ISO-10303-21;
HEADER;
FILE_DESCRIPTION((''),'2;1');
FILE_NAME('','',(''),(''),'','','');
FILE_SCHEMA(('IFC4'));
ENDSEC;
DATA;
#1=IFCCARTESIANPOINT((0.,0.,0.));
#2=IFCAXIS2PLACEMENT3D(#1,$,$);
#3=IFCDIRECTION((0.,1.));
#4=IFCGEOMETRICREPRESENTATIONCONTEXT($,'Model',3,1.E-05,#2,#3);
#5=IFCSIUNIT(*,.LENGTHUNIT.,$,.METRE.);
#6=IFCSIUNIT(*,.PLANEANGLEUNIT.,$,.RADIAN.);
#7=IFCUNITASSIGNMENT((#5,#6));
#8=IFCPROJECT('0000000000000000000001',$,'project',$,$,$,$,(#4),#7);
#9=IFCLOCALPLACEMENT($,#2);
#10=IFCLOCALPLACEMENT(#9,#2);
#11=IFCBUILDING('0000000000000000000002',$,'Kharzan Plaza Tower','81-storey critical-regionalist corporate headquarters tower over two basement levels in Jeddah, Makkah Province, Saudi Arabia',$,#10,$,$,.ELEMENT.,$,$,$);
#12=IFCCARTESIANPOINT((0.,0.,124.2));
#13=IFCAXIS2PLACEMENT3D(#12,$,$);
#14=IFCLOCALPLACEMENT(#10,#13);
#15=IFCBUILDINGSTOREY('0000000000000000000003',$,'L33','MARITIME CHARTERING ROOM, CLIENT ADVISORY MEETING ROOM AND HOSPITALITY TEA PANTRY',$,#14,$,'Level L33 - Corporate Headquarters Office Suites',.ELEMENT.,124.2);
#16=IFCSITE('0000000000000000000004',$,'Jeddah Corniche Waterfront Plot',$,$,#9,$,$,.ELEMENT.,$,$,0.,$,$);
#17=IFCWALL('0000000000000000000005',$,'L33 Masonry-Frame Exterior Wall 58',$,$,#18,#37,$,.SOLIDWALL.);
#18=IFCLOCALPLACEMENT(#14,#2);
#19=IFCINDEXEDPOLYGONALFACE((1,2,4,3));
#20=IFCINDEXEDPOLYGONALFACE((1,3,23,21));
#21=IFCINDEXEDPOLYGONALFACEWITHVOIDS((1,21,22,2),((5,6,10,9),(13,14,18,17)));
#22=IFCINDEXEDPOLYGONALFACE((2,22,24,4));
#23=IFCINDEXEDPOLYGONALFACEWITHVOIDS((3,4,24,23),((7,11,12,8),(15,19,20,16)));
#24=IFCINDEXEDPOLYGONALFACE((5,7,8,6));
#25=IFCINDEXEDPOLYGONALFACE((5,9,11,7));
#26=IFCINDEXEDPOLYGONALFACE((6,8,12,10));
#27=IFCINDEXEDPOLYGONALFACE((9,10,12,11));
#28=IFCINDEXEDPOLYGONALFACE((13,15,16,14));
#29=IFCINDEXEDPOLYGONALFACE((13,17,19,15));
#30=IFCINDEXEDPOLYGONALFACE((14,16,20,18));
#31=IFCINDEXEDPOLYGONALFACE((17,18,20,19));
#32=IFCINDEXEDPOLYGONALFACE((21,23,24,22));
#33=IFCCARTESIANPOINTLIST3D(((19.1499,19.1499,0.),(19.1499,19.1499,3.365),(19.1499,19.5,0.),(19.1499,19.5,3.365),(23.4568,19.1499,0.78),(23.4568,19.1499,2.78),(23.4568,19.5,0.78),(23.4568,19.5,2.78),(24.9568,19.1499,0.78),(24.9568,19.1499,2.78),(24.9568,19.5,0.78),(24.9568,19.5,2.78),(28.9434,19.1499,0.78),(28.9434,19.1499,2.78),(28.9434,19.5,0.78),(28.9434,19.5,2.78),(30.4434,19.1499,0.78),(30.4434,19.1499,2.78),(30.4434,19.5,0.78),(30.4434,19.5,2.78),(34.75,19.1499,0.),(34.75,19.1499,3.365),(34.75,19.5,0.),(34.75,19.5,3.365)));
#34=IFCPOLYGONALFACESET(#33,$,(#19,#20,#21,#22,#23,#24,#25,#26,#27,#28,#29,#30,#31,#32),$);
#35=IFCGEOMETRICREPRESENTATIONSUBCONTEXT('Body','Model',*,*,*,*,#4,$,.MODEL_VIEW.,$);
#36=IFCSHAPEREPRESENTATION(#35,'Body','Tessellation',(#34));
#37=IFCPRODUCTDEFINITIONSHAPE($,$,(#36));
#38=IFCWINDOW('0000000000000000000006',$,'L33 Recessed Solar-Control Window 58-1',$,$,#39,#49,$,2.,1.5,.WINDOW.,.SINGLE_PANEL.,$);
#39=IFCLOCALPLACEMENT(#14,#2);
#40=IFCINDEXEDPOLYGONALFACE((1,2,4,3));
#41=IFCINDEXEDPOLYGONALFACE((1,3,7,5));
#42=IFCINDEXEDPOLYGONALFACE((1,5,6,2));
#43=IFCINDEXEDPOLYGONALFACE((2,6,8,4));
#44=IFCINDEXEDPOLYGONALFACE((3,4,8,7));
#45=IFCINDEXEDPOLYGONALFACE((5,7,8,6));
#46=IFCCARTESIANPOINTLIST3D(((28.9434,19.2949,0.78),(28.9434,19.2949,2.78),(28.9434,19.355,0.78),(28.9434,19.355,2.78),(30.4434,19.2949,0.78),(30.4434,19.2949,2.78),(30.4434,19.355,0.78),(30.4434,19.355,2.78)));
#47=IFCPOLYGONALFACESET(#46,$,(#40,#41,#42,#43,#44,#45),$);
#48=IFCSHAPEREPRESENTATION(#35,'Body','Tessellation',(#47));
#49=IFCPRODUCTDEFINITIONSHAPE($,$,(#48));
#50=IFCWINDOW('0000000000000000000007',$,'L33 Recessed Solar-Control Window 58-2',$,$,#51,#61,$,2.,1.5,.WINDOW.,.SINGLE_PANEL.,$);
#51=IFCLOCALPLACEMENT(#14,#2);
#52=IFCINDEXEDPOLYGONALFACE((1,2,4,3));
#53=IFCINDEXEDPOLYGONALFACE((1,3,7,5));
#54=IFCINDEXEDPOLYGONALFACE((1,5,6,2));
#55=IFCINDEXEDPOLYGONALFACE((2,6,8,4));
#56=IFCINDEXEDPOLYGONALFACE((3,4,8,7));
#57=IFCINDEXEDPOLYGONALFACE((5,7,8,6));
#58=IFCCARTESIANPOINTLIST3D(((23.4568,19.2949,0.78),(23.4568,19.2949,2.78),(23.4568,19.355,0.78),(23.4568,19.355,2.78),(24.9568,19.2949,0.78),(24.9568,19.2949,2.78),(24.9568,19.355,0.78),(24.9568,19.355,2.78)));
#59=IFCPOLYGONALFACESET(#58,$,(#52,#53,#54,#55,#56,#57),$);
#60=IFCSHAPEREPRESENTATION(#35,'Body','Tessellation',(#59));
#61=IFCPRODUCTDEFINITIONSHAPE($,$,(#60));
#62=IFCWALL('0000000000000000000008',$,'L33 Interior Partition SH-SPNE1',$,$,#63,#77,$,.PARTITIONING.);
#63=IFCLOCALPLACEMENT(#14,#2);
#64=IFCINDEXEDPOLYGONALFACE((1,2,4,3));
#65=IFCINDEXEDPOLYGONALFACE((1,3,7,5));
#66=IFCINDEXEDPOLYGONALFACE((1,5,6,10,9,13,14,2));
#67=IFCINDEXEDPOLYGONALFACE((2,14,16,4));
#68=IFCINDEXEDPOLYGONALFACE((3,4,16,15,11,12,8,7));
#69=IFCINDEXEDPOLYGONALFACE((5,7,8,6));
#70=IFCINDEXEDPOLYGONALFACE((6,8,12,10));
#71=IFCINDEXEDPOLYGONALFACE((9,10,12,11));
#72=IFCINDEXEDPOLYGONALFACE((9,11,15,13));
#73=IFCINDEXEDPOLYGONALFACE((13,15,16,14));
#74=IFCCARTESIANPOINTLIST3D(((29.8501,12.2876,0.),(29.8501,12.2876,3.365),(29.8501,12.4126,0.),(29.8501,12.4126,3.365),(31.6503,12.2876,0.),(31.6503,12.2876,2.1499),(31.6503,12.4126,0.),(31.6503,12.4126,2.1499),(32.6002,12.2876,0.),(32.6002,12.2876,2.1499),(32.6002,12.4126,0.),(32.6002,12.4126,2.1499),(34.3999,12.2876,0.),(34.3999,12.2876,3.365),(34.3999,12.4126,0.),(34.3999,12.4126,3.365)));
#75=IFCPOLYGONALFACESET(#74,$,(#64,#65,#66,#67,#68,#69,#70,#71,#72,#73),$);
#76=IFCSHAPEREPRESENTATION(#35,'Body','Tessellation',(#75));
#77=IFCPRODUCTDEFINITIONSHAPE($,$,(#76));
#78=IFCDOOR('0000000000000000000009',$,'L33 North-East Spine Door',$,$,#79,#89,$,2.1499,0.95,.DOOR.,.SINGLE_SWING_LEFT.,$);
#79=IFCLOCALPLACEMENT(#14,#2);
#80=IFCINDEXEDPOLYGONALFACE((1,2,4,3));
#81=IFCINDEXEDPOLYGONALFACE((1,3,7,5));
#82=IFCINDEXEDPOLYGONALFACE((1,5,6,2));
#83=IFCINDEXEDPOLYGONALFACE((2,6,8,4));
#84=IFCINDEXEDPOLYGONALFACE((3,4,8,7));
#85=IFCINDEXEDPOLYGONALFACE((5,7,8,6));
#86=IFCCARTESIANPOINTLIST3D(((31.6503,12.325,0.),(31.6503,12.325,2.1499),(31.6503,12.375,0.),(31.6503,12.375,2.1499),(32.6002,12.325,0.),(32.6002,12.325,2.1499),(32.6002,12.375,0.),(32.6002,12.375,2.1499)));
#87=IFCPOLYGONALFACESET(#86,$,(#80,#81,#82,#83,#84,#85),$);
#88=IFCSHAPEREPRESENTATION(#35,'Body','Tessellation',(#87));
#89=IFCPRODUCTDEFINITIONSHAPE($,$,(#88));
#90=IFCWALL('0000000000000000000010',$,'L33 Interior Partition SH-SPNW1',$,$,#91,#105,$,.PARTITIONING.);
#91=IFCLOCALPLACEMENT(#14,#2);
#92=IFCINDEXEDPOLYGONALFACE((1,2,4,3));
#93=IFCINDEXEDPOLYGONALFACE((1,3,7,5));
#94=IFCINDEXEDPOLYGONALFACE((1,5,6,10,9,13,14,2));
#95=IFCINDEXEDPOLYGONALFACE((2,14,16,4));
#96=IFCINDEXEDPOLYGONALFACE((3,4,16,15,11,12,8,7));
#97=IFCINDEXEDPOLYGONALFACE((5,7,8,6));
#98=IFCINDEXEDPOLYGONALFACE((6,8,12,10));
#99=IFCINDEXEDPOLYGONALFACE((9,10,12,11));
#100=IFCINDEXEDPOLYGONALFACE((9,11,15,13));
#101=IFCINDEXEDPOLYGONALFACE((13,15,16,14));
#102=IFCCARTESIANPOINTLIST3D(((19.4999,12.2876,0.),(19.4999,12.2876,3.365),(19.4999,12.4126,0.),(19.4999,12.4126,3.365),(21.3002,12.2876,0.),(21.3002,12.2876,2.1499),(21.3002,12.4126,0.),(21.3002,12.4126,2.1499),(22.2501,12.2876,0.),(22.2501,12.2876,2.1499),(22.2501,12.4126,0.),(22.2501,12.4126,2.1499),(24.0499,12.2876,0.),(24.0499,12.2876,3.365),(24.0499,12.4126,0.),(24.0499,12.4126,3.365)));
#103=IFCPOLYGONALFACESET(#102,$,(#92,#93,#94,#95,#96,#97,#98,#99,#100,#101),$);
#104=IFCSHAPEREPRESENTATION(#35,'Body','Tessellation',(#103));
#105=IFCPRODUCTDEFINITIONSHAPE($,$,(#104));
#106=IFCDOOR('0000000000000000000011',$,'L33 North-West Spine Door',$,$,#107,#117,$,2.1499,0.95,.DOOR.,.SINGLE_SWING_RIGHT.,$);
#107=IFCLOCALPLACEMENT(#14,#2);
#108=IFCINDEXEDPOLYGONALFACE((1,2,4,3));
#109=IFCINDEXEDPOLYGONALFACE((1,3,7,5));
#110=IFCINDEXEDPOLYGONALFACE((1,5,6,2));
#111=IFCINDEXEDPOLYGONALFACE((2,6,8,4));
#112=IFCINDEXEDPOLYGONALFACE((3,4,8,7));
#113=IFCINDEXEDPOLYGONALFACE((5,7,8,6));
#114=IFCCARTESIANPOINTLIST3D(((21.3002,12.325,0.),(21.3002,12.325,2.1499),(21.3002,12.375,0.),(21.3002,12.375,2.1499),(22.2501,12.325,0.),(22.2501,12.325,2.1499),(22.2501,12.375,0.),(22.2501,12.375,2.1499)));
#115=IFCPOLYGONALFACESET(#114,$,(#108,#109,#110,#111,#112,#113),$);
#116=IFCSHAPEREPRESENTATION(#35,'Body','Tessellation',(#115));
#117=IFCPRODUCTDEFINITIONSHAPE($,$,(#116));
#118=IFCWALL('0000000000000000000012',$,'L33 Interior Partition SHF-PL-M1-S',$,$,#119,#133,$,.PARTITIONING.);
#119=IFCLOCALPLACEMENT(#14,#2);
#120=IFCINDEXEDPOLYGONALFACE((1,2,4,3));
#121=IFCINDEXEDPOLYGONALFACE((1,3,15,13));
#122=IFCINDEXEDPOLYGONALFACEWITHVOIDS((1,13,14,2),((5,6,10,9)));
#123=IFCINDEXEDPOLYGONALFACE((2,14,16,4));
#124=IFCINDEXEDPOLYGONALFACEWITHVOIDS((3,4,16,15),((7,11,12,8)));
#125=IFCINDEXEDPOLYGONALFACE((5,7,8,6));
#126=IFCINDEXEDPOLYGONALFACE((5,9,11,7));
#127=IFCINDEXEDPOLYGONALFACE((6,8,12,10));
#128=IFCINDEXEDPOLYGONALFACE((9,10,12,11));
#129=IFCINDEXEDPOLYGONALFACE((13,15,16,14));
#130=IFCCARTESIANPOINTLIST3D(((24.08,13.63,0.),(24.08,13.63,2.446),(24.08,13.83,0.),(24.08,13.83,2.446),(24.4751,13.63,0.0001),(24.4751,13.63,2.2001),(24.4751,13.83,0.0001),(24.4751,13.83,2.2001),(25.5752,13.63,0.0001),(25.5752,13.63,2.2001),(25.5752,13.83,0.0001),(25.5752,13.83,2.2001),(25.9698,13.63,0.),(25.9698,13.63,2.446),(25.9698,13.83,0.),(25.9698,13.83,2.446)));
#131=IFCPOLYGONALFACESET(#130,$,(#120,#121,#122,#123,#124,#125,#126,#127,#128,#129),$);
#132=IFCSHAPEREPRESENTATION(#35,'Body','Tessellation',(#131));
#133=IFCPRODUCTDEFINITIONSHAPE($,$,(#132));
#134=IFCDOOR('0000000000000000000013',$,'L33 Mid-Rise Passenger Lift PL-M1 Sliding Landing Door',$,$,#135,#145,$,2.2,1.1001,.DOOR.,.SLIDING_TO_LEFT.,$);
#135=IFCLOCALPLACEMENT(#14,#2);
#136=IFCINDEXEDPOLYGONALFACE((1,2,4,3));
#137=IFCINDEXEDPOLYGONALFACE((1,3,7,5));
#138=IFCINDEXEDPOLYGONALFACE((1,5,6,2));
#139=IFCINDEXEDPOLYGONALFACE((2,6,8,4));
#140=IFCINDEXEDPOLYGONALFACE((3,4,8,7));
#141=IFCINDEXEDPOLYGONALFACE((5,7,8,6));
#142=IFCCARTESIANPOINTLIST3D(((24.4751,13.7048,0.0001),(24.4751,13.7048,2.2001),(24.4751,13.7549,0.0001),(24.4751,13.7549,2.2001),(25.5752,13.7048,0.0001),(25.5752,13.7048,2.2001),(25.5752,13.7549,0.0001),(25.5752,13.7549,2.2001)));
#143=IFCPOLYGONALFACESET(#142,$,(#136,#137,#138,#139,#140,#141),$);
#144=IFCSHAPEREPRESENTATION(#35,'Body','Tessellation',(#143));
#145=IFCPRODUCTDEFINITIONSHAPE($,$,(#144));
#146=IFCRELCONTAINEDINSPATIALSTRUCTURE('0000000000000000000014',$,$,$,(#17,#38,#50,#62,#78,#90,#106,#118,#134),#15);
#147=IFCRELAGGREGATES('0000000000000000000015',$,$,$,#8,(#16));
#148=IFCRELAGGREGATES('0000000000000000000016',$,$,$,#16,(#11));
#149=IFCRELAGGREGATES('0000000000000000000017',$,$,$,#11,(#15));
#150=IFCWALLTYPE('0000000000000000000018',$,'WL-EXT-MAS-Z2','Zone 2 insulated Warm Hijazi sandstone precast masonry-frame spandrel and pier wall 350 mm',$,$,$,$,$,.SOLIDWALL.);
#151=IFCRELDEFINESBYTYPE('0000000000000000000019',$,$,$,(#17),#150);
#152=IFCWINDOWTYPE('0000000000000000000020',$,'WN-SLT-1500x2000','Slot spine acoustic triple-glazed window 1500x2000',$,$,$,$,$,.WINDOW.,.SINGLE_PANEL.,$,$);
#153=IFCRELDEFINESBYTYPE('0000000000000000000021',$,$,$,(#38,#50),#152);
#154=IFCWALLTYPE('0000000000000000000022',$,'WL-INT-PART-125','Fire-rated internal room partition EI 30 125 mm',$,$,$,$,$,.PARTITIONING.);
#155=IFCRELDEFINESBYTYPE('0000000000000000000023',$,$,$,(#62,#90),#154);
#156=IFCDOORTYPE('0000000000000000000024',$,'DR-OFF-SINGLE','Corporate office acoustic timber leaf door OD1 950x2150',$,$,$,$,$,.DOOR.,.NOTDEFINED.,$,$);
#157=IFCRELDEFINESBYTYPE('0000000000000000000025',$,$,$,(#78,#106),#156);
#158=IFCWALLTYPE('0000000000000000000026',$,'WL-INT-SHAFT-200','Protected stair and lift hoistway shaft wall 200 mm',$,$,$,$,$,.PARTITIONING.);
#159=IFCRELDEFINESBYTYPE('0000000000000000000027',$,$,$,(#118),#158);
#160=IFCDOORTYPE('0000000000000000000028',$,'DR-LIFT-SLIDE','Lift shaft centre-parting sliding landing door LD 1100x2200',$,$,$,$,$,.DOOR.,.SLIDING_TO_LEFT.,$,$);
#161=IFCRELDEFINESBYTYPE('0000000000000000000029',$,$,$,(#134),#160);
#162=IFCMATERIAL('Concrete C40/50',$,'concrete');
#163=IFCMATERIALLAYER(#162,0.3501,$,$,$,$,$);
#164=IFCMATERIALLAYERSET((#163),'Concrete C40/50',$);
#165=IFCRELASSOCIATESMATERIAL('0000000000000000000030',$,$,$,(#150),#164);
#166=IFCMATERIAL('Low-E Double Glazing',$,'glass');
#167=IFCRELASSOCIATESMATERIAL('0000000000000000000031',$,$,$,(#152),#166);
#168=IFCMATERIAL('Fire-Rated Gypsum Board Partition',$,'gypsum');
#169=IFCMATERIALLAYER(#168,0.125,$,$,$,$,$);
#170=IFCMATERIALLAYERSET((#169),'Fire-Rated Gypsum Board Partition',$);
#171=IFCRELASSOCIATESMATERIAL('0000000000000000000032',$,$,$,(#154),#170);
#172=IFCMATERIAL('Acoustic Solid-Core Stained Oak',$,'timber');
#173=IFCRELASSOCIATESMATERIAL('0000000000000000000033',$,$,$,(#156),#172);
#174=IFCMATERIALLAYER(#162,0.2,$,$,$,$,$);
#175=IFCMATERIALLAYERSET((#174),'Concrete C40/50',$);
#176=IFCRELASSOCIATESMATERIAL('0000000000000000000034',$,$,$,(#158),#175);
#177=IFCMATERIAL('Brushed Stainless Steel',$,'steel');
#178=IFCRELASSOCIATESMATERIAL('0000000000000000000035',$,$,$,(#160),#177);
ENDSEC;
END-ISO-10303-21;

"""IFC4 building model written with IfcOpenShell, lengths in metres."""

from ifc_helpers import new_model, si_unit, direction, frame, frame_2d, origin, place, context, subcontext, project, spatial, rectangle, extrude, source, transform, mapped, material, layer, layer_set, type_object, element, fill, save


model = new_model("IFC4")

# Units and contexts
model_context = context("Model", 3, precision=1e-05, world=origin(), true_north=direction((0.0, 1.0)))
body_context = subcontext(model_context, "Body", "Model", "MODEL_VIEW")
ifc_project = project(units=[si_unit("LENGTHUNIT", "METRE"), si_unit("PLANEANGLEUNIT", "RADIAN")], contexts=[model_context])

# Site, building, storey
site_placement = place(None, origin())
site = spatial("IfcSite", under=ifc_project, at=site_placement, Name="Jeddah Corniche Waterfront Plot", CompositionType="ELEMENT", RefElevation=0.0)
building_placement = place(site_placement, origin())
building = spatial("IfcBuilding", under=site, at=building_placement, Name="Kharzan Plaza Tower", Description="81-storey critical-regionalist corporate headquarters tower over two basement levels in Jeddah, Makkah Province, Saudi Arabia", CompositionType="ELEMENT")
storey_placement = place(building_placement, frame((0.0, 0.0, 124.2)))
storey = spatial("IfcBuildingStorey", under=building, at=storey_placement, Name="L33", Description="MARITIME CHARTERING ROOM, CLIENT ADVISORY MEETING ROOM AND HOSPITALITY TEA PANTRY", LongName="Level L33 - Corporate Headquarters Office Suites", CompositionType="ELEMENT", Elevation=124.2)

# Wall, openings, windows
ifc_material_1 = material(Name="Concrete C40/50", Category="concrete")
ifc_layer_1 = layer(ifc_material_1, 0.3501)
ifc_layer_set_1 = layer_set([ifc_layer_1], Name="Concrete C40/50")
wall_type_1 = type_object("IfcWallType", Name="WL-EXT-MAS-Z2", Description="Zone 2 insulated Warm Hijazi sandstone precast masonry-frame spandrel and pier wall 350 mm", PredefinedType="SOLIDWALL", material=ifc_layer_set_1)
wall_1_placement = place(storey_placement, frame((34.75, 19.325, 0.0), z_axis=(0.0, 0.0, 1.0), x_axis=(-1.0, 0.0, 0.0)))
wall_1 = element("IfcWall", 1, at=wall_1_placement, inside=storey, type_object=wall_type_1, Name="L33 Masonry-Frame Exterior Wall 58", PredefinedType="SOLIDWALL", context=body_context, shape_type="SweptSolid", body=[
    extrude(rectangle(XDim=15.6001, YDim=0.3501, at=frame_2d((7.8, 0.0))), origin(), (0.0, 0.0, 1.0), 3.365),
])
opening_1_placement = place(wall_1_placement, frame((4.3066, 0.0, 0.78)))
opening_1 = element("IfcOpeningElement", 2, at=opening_1_placement, cuts=wall_1, PredefinedType="OPENING", context=body_context, shape_type="SweptSolid", body=[
    extrude(rectangle(XDim=1.5, YDim=2.0, at=frame_2d((0.75, 1.0))), frame((0.0, 0.1851, 0.0), z_axis=(0.0, -1.0, 0.0), x_axis=(1.0, 0.0, 0.0)), (0.0, 0.0, 1.0), 0.3701),
])
opening_2_placement = place(wall_1_placement, frame((9.7932, 0.0, 0.78)))
opening_2 = element("IfcOpeningElement", 3, at=opening_2_placement, cuts=wall_1, PredefinedType="OPENING", context=body_context, shape_type="SweptSolid", body=[
    extrude(rectangle(XDim=1.5, YDim=2.0, at=frame_2d((0.75, 1.0))), frame((0.0, 0.1851, 0.0), z_axis=(0.0, -1.0, 0.0), x_axis=(1.0, 0.0, 0.0)), (0.0, 0.0, 1.0), 0.3701),
])
ifc_material_2 = material(Name="Low-E Double Glazing", Category="glass")
window_type = type_object("IfcWindowType", Name="WN-SLT-1500x2000", Description="Slot spine acoustic triple-glazed window 1500x2000", PartitioningType="SINGLE_PANEL", PredefinedType="WINDOW", material=ifc_material_2)
shared_shape_1 = source(origin(), body_context, "Body", "SweptSolid", [
    extrude(rectangle(XDim=1.5, YDim=2.0, at=frame_2d((0.75, 1.0))), frame((0.0, 0.03, 0.0), z_axis=(0.0, -1.0, 0.0), x_axis=(1.0, 0.0, 0.0)), (0.0, 0.0, 1.0), 0.0601),
])
window_1_placement = place(opening_1_placement, origin())
window_1 = element("IfcWindow", 4, at=window_1_placement, inside=storey, type_object=window_type, Name="L33 Recessed Solar-Control Window 58-1", OverallHeight=2.0, OverallWidth=1.5, PartitioningType="SINGLE_PANEL", PredefinedType="WINDOW", context=body_context, shape_type="MappedRepresentation", body=[
    mapped(shared_shape_1, transform((0.0, 0.0, 0.0), x_axis=(1.0, 0.0, 0.0), y_axis=(0.0, 1.0, 0.0), z_axis=(0.0, 0.0, 1.0))),
])
fill(opening_1, window_1)
window_2_placement = place(opening_2_placement, origin())
window_2 = element("IfcWindow", 5, at=window_2_placement, inside=storey, type_object=window_type, Name="L33 Recessed Solar-Control Window 58-2", OverallHeight=2.0, OverallWidth=1.5, PartitioningType="SINGLE_PANEL", PredefinedType="WINDOW", context=body_context, shape_type="MappedRepresentation", body=[
    mapped(shared_shape_1, transform((0.0, 0.0, 0.0), x_axis=(1.0, 0.0, 0.0), y_axis=(0.0, 1.0, 0.0), z_axis=(0.0, 0.0, 1.0))),
])
fill(opening_2, window_2)

# Walls, openings, doors
ifc_material_3 = material(Name="Fire-Rated Gypsum Board Partition", Category="gypsum")
ifc_layer_2 = layer(ifc_material_3, 0.125)
ifc_layer_set_2 = layer_set([ifc_layer_2], Name="Fire-Rated Gypsum Board Partition")
wall_type_2 = type_object("IfcWallType", Name="WL-INT-PART-125", Description="Fire-rated internal room partition EI 30 125 mm", PredefinedType="PARTITIONING", material=ifc_layer_set_2)
wall_2_placement = place(storey_placement, frame((29.8501, 12.3501, 0.0), z_axis=(0.0, 0.0, 1.0), x_axis=(1.0, 0.0, 0.0)))
wall_2 = element("IfcWall", 6, at=wall_2_placement, inside=storey, type_object=wall_type_2, Name="L33 Interior Partition SH-SPNE1", PredefinedType="PARTITIONING", context=body_context, shape_type="SweptSolid", body=[
    extrude(rectangle(XDim=4.5498, YDim=0.125, at=frame_2d((2.2749, 0.0))), origin(), (0.0, 0.0, 1.0), 3.365),
])
opening_3_placement = place(wall_2_placement, frame((1.8, 0.0, 0.0)))
opening_3 = element("IfcOpeningElement", 7, at=opening_3_placement, cuts=wall_2, PredefinedType="OPENING", context=body_context, shape_type="SweptSolid", body=[
    extrude(rectangle(XDim=0.95, YDim=2.1499, at=frame_2d((0.4751, 1.075))), frame((0.0, 0.0725, 0.0), z_axis=(0.0, -1.0, 0.0), x_axis=(1.0, 0.0, 0.0)), (0.0, 0.0, 1.0), 0.145),
])
ifc_material_4 = material(Name="Acoustic Solid-Core Stained Oak", Category="timber")
door_type_1 = type_object("IfcDoorType", Name="DR-OFF-SINGLE", Description="Corporate office acoustic timber leaf door OD1 950x2150", OperationType="NOTDEFINED", PredefinedType="DOOR", material=ifc_material_4)
shared_shape_2 = source(origin(), body_context, "Body", "SweptSolid", [
    extrude(rectangle(XDim=0.95, YDim=2.1499, at=frame_2d((0.4751, 1.075))), frame((0.0, 0.0249, 0.0), z_axis=(0.0, -1.0, 0.0), x_axis=(1.0, 0.0, 0.0)), (0.0, 0.0, 1.0), 0.05),
])
door_1_placement = place(opening_3_placement, origin())
door_1 = element("IfcDoor", 8, at=door_1_placement, inside=storey, type_object=door_type_1, Name="L33 North-East Spine Door", OperationType="SINGLE_SWING_LEFT", OverallHeight=2.1499, OverallWidth=0.95, PredefinedType="DOOR", context=body_context, shape_type="MappedRepresentation", body=[
    mapped(shared_shape_2, transform((0.0, 0.0, 0.0), x_axis=(1.0, 0.0, 0.0), y_axis=(0.0, 1.0, 0.0), z_axis=(0.0, 0.0, 1.0))),
])
fill(opening_3, door_1)
wall_3_placement = place(storey_placement, frame((19.5, 12.3501, 0.0), z_axis=(0.0, 0.0, 1.0), x_axis=(1.0, 0.0, 0.0)))
wall_3 = element("IfcWall", 9, at=wall_3_placement, inside=storey, type_object=wall_type_2, Name="L33 Interior Partition SH-SPNW1", PredefinedType="PARTITIONING", context=body_context, shape_type="SweptSolid", body=[
    extrude(rectangle(XDim=4.55, YDim=0.125, at=frame_2d((2.2749, 0.0))), origin(), (0.0, 0.0, 1.0), 3.365),
])
opening_4_placement = place(wall_3_placement, frame((1.8, 0.0, 0.0)))
opening_4 = element("IfcOpeningElement", 10, at=opening_4_placement, cuts=wall_3, PredefinedType="OPENING", context=body_context, shape_type="SweptSolid", body=[
    extrude(rectangle(XDim=0.95, YDim=2.1499, at=frame_2d((0.4751, 1.075))), frame((0.0, 0.0725, 0.0), z_axis=(0.0, -1.0, 0.0), x_axis=(1.0, 0.0, 0.0)), (0.0, 0.0, 1.0), 0.145),
])
door_2_placement = place(opening_4_placement, origin())
door_2 = element("IfcDoor", 11, at=door_2_placement, inside=storey, type_object=door_type_1, Name="L33 North-West Spine Door", OperationType="SINGLE_SWING_RIGHT", OverallHeight=2.1499, OverallWidth=0.95, PredefinedType="DOOR", context=body_context, shape_type="MappedRepresentation", body=[
    mapped(shared_shape_2, transform((0.0, 0.0, 0.0), x_axis=(1.0, 0.0, 0.0), y_axis=(0.0, 1.0, 0.0), z_axis=(0.0, 0.0, 1.0))),
])
fill(opening_4, door_2)
ifc_layer_3 = layer(ifc_material_1, 0.2)
ifc_layer_set_3 = layer_set([ifc_layer_3], Name="Concrete C40/50")
wall_type_3 = type_object("IfcWallType", Name="WL-INT-SHAFT-200", Description="Protected stair and lift hoistway shaft wall 200 mm", PredefinedType="PARTITIONING", material=ifc_layer_set_3)
wall_4_placement = place(storey_placement, frame((24.0801, 13.73, 0.0), z_axis=(0.0, 0.0, 1.0), x_axis=(1.0, 0.0, 0.0)))
wall_4 = element("IfcWall", 12, at=wall_4_placement, inside=storey, type_object=wall_type_3, Name="L33 Interior Partition SHF-PL-M1-S", PredefinedType="PARTITIONING", context=body_context, shape_type="SweptSolid", body=[
    extrude(rectangle(XDim=1.8899, YDim=0.2, at=frame_2d((0.9448, 0.0))), origin(), (0.0, 0.0, 1.0), 2.446),
])
opening_5_placement = place(wall_4_placement, frame((0.395, 0.0, 0.0)))
opening_5 = element("IfcOpeningElement", 13, at=opening_5_placement, cuts=wall_4, PredefinedType="OPENING", context=body_context, shape_type="SweptSolid", body=[
    extrude(rectangle(XDim=1.1001, YDim=2.2, at=frame_2d((0.55, 1.1001))), frame((0.0, 0.1099, 0.0), z_axis=(0.0, -1.0, 0.0), x_axis=(1.0, 0.0, 0.0)), (0.0, 0.0, 1.0), 0.22),
])
ifc_material_5 = material(Name="Brushed Stainless Steel", Category="steel")
door_type_2 = type_object("IfcDoorType", Name="DR-LIFT-SLIDE", Description="Lift shaft centre-parting sliding landing door LD 1100x2200", OperationType="SLIDING_TO_LEFT", PredefinedType="DOOR", material=ifc_material_5)
shared_shape_3 = source(origin(), body_context, "Body", "SweptSolid", [
    extrude(rectangle(XDim=1.1001, YDim=2.2, at=frame_2d((0.55, 1.1001))), frame((0.0, 0.0249, 0.0), z_axis=(0.0, -1.0, 0.0), x_axis=(1.0, 0.0, 0.0)), (0.0, 0.0, 1.0), 0.05),
])
door_3_placement = place(opening_5_placement, origin())
door_3 = element("IfcDoor", 14, at=door_3_placement, inside=storey, type_object=door_type_2, Name="L33 Mid-Rise Passenger Lift PL-M1 Sliding Landing Door", OperationType="SLIDING_TO_LEFT", OverallHeight=2.2, OverallWidth=1.1001, PredefinedType="DOOR", context=body_context, shape_type="MappedRepresentation", body=[
    mapped(shared_shape_3, transform((0.0, 0.0, 0.0), x_axis=(1.0, 0.0, 0.0), y_axis=(0.0, 1.0, 0.0), z_axis=(0.0, 0.0, 1.0))),
])
fill(opening_5, door_3)

save(model, "model.ifc")
